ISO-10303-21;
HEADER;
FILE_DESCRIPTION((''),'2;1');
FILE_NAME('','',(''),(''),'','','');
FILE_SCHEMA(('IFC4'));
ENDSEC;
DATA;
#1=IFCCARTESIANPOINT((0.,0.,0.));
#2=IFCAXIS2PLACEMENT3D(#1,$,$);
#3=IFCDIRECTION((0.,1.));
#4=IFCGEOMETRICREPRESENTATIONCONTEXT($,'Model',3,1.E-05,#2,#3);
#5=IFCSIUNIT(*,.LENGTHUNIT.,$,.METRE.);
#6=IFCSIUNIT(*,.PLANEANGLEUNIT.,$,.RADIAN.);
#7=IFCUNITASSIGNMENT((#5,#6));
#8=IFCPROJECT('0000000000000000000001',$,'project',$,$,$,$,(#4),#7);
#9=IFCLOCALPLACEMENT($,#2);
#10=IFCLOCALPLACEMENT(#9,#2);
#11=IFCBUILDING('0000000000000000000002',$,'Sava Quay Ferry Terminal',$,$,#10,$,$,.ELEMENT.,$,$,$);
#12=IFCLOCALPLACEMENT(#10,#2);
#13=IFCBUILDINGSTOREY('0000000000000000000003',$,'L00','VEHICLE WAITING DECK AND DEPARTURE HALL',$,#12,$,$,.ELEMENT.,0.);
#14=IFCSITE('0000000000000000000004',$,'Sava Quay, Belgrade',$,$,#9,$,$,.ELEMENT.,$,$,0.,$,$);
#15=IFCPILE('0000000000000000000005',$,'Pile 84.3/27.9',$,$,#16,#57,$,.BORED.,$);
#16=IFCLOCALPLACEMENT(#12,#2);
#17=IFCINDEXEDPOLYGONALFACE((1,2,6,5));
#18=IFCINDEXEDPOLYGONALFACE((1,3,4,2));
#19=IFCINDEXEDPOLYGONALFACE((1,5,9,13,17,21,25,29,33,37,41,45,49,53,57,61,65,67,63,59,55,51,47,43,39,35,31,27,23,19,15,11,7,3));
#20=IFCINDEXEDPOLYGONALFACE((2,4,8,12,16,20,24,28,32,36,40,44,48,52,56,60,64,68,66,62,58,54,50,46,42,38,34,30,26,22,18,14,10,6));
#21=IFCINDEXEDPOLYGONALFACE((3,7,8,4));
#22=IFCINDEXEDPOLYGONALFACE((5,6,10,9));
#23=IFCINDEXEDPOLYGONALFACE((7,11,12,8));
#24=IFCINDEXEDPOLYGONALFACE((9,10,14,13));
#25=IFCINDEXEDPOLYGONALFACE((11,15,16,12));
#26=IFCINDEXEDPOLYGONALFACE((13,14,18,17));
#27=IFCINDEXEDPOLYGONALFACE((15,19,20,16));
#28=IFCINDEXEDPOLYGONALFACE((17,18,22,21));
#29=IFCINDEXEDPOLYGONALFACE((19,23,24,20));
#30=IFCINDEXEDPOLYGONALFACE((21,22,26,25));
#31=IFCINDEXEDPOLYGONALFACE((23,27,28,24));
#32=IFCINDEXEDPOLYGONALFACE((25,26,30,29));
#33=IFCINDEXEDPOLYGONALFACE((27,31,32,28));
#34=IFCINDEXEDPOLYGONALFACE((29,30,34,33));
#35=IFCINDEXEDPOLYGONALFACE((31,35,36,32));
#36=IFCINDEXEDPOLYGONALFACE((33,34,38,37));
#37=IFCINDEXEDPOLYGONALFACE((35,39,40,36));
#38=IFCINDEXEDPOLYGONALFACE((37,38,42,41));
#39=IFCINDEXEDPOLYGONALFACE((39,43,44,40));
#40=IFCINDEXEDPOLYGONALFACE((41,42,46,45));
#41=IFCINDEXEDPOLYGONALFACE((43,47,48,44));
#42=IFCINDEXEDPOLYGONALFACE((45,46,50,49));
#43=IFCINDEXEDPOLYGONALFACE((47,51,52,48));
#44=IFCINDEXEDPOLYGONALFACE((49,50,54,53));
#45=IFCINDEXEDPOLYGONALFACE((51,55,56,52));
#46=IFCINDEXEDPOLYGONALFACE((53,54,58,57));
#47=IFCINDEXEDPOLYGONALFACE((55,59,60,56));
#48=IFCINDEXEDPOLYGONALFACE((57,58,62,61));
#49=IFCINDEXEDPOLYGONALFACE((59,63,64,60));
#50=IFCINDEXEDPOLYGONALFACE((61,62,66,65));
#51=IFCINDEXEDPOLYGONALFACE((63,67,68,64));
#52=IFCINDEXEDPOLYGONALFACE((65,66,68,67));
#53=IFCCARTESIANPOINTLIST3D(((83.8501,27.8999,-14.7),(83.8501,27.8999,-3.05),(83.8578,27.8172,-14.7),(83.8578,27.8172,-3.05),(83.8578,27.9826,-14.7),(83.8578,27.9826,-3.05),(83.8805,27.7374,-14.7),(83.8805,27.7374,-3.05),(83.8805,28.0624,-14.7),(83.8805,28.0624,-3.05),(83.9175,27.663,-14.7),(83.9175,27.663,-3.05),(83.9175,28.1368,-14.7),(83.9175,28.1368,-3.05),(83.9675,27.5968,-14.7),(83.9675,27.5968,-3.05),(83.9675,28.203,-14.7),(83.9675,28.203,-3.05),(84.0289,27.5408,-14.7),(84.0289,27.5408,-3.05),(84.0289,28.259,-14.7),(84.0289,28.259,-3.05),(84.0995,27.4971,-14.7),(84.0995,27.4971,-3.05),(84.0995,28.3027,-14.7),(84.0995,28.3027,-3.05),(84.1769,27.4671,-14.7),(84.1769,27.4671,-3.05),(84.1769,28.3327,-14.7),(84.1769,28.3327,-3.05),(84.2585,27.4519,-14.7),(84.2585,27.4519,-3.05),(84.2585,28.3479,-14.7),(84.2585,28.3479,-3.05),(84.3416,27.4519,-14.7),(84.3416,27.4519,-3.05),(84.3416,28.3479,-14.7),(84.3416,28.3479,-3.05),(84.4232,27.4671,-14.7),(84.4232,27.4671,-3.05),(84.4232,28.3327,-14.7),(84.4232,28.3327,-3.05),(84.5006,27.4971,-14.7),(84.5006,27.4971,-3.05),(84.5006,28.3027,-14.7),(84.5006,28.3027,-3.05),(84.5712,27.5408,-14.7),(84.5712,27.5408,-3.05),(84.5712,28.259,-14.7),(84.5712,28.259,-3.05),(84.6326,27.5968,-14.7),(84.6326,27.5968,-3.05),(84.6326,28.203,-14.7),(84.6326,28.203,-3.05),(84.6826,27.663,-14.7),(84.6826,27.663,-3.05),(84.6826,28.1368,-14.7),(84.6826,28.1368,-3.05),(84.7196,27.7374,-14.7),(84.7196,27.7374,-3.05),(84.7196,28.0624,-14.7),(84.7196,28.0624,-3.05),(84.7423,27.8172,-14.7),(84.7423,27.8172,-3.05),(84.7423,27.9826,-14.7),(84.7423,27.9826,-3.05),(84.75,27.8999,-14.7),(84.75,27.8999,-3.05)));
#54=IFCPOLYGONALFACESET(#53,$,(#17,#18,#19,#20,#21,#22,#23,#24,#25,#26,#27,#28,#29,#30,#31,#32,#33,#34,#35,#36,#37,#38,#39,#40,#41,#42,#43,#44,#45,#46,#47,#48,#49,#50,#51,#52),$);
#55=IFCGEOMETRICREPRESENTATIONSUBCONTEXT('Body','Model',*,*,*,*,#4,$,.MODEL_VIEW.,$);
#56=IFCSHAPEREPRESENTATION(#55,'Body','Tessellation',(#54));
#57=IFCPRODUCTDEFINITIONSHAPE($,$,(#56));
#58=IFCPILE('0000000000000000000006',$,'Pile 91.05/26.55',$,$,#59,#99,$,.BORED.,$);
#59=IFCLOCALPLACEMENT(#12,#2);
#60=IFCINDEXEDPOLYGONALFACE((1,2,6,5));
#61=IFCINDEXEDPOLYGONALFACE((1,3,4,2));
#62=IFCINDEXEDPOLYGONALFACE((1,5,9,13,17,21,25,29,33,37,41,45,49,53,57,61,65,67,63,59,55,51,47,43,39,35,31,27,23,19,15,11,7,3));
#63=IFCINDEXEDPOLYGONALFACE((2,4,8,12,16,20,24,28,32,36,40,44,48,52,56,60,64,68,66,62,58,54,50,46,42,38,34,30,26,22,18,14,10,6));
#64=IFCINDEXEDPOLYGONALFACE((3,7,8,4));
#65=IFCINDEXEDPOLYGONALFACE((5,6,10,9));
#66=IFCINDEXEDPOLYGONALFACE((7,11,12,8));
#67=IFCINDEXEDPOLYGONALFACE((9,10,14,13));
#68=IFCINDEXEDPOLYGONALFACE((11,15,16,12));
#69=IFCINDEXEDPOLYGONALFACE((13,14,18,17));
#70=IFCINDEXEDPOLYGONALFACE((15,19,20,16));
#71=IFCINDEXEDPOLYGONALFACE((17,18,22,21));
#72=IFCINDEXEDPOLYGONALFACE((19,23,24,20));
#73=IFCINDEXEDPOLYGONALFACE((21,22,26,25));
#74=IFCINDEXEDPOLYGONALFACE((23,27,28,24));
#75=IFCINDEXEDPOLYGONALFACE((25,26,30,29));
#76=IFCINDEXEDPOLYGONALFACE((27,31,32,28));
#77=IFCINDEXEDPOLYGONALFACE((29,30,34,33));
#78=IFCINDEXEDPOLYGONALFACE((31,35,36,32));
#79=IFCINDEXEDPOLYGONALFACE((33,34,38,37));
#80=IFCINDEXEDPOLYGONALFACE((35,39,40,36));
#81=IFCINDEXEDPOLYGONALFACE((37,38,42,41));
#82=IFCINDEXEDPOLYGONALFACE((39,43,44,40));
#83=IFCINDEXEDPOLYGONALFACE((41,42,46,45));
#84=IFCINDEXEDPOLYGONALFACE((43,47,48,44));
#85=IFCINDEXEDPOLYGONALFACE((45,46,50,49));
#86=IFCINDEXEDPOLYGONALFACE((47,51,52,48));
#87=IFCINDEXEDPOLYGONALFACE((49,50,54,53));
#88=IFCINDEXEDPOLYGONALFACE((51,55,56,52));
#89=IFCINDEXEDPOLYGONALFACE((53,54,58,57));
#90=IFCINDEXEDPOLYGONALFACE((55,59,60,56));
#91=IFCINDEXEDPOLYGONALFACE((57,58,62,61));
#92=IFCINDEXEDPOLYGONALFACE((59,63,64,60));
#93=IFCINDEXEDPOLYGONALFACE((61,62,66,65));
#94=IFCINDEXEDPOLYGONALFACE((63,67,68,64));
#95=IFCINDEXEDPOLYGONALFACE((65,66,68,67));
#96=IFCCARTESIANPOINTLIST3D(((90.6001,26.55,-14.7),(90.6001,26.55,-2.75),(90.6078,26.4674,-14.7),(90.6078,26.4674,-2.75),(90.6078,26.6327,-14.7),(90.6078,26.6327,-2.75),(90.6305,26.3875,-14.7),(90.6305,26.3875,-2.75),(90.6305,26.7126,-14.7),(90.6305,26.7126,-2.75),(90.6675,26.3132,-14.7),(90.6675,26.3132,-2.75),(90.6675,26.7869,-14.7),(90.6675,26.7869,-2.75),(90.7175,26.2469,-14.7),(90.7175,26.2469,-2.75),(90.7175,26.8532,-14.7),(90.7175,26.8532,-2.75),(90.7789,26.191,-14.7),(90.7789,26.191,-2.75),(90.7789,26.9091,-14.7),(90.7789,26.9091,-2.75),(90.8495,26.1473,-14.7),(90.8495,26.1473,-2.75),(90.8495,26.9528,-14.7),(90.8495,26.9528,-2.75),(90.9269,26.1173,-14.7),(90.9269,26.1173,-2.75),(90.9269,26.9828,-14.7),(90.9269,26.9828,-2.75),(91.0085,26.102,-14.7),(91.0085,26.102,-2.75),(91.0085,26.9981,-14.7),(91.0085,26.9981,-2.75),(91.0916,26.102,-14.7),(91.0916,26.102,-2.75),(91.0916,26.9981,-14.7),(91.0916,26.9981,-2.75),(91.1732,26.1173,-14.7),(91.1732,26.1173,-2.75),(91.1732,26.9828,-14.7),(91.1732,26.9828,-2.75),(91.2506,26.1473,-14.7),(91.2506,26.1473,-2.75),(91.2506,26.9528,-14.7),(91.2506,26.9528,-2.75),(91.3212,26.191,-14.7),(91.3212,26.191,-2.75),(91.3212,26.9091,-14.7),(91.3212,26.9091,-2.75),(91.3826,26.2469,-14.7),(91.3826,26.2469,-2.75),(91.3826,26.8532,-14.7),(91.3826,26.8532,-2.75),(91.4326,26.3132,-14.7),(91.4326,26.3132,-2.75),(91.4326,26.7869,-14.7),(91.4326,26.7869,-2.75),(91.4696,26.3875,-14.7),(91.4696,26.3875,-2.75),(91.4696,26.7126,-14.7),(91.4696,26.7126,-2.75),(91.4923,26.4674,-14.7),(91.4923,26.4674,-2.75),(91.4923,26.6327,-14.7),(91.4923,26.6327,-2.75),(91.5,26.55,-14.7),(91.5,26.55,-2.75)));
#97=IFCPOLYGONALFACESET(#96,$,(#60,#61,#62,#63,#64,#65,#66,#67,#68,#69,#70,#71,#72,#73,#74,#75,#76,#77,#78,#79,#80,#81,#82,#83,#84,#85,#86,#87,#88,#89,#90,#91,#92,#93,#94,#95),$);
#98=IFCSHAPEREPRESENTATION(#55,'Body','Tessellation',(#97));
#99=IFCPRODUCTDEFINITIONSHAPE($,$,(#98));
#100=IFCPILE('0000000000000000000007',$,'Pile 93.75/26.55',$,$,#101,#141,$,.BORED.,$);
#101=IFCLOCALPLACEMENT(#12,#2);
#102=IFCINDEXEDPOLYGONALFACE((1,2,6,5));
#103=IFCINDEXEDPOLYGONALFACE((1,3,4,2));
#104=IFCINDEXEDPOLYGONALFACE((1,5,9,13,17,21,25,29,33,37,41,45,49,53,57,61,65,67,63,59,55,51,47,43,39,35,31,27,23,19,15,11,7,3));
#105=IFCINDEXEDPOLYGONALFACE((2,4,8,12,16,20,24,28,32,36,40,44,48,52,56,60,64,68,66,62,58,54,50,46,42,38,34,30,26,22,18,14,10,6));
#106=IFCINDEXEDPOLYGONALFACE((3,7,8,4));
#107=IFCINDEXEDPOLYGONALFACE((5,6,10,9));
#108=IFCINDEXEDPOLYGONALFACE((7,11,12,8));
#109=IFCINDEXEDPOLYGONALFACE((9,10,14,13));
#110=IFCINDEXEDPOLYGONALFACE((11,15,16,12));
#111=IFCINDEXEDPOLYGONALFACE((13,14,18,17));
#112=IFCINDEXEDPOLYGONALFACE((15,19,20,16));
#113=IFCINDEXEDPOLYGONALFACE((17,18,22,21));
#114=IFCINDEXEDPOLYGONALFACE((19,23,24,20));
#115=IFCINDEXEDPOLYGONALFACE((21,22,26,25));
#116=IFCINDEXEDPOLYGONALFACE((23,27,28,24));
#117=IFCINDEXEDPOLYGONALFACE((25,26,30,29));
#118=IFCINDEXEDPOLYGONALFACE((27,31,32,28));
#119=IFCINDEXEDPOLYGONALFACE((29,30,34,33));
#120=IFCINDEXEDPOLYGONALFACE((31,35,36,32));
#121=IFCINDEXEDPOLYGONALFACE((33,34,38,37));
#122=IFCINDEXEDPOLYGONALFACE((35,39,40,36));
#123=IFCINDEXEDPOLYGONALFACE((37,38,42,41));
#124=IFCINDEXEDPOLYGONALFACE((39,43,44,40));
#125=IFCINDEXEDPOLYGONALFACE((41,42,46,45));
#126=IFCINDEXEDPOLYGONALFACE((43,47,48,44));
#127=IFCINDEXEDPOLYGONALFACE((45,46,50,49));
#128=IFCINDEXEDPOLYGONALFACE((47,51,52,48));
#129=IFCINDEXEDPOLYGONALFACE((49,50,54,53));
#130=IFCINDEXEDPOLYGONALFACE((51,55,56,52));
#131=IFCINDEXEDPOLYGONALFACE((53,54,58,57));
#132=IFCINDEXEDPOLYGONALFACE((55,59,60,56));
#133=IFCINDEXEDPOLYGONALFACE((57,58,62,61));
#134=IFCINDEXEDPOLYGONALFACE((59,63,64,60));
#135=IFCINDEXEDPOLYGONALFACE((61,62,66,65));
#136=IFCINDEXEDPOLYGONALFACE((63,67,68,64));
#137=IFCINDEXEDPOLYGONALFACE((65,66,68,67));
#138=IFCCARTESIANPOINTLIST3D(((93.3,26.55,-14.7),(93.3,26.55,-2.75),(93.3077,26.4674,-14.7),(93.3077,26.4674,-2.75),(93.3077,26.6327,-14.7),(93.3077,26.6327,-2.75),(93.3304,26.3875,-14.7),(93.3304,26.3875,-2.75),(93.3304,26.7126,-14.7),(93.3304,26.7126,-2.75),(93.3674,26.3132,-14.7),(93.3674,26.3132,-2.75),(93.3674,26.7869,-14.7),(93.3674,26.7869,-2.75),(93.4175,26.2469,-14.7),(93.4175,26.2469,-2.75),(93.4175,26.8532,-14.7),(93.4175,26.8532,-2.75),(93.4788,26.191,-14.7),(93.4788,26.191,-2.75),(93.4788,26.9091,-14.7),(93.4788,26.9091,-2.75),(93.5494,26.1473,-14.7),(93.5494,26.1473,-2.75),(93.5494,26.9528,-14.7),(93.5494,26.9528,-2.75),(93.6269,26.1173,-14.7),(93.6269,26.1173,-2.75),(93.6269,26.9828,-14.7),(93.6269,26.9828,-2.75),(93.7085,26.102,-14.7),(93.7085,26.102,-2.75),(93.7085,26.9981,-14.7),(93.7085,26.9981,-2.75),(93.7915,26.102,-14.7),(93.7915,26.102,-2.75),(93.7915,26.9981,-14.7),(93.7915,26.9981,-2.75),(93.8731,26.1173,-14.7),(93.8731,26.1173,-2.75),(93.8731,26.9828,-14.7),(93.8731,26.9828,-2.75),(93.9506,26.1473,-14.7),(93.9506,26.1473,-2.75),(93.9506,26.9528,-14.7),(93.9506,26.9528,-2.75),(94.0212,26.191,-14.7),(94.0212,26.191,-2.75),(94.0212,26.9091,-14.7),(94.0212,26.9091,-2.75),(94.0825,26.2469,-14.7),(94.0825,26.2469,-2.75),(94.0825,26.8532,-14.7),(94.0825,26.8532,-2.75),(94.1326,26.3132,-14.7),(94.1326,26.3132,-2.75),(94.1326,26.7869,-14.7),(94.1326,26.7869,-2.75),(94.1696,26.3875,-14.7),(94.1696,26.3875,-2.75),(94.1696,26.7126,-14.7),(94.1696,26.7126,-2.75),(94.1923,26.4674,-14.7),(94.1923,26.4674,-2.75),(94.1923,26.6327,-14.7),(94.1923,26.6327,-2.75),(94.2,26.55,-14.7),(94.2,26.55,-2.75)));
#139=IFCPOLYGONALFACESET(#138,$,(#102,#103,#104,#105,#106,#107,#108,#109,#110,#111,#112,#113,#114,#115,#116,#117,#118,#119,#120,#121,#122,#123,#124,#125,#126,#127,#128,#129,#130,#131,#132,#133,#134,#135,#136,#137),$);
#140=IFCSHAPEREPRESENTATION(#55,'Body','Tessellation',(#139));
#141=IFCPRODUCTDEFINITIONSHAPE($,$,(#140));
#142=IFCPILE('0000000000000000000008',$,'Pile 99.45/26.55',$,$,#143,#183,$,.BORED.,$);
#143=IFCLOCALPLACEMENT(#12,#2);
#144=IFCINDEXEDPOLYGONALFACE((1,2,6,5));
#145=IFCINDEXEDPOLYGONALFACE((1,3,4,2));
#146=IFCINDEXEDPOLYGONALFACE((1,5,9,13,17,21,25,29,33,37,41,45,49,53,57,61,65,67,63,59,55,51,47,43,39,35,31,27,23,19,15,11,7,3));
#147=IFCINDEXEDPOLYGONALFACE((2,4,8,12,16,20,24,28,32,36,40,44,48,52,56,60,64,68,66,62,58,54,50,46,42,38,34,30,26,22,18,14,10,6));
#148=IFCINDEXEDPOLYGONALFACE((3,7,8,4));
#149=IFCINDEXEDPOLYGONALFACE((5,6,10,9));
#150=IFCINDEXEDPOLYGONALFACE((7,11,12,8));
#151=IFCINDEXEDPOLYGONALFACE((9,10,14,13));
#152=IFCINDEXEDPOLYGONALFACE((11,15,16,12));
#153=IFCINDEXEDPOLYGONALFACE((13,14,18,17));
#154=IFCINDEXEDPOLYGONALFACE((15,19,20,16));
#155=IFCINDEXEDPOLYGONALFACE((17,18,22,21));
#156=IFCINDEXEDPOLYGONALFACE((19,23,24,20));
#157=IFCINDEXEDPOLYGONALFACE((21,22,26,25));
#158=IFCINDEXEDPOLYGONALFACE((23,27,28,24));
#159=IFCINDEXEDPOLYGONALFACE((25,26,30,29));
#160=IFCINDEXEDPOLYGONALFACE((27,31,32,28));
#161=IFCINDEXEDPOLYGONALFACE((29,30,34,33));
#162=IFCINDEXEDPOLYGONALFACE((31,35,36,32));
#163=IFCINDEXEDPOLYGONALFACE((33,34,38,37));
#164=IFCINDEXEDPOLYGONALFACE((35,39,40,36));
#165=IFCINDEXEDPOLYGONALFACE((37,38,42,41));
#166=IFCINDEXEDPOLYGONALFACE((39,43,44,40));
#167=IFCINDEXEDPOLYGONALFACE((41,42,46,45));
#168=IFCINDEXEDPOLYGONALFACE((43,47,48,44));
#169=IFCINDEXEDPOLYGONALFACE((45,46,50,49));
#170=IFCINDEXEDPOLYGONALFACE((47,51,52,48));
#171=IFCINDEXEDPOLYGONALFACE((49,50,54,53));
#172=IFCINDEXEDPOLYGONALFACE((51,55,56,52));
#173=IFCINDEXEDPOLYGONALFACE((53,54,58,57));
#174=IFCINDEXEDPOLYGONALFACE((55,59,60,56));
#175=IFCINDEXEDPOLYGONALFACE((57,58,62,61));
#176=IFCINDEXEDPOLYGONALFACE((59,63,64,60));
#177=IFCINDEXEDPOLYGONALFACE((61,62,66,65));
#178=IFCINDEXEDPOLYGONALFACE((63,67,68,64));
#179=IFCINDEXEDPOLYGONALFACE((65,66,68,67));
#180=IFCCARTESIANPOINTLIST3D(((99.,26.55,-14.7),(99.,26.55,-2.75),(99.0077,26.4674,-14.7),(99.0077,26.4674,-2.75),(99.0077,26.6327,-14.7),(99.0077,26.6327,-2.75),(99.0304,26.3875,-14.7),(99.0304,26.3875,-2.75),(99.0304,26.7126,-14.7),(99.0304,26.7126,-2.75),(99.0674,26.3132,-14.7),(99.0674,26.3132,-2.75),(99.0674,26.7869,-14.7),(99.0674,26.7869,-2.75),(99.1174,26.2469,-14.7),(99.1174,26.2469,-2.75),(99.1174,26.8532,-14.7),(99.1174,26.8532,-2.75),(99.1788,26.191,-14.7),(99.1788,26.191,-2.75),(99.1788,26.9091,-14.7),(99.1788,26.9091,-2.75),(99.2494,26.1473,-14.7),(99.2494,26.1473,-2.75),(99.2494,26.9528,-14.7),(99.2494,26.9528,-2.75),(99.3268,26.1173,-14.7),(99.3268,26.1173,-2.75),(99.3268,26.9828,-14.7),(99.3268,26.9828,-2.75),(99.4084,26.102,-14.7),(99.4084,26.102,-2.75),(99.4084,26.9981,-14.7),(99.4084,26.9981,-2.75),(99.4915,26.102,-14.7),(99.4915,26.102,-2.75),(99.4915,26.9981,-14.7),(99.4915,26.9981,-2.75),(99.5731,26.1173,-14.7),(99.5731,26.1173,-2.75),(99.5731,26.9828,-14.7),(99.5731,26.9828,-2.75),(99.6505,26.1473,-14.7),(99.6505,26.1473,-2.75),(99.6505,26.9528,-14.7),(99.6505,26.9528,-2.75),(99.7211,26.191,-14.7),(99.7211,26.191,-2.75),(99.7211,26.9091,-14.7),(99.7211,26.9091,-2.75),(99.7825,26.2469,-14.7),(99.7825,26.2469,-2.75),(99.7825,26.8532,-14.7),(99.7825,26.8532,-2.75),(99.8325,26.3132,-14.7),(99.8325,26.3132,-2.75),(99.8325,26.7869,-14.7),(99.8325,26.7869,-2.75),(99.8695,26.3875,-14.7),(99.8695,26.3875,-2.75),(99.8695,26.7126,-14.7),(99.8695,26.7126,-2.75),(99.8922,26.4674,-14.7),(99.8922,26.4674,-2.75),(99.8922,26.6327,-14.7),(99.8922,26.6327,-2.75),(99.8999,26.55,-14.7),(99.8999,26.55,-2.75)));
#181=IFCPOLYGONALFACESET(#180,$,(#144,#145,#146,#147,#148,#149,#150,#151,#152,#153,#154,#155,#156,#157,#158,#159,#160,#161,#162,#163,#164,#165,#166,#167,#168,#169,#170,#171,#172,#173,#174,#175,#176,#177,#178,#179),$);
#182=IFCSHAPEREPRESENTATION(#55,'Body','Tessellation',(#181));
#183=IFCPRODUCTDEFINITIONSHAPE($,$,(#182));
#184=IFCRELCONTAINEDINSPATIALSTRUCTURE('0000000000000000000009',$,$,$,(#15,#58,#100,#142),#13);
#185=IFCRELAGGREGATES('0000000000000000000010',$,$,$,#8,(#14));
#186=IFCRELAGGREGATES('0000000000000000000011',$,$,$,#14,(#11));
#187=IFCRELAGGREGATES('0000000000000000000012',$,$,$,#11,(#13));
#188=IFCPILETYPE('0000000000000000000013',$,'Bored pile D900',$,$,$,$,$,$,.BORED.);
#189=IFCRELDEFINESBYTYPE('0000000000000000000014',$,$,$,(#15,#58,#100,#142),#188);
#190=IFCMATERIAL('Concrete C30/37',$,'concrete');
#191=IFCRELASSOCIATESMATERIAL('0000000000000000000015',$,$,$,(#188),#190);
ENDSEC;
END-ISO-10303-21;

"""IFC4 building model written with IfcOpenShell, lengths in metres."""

from ifc_helpers import new_model, si_unit, direction, frame, origin, origin_2d, place, context, subcontext, project, spatial, circle, extrude, material, material_profile, profile_set, type_object, element, save


model = new_model("IFC4")

# Units and contexts
model_context = context("Model", 3, precision=1e-05, world=origin(), true_north=direction((0.0, 1.0)))
body_context = subcontext(model_context, "Body", "Model", "MODEL_VIEW")
ifc_project = project(units=[si_unit("LENGTHUNIT", "METRE"), si_unit("PLANEANGLEUNIT", "RADIAN")], contexts=[model_context])

# Site, building, storey
site_placement = place(None, origin())
site = spatial("IfcSite", under=ifc_project, at=site_placement, Name="Sava Quay, Belgrade", CompositionType="ELEMENT", RefElevation=0.0)
building_placement = place(site_placement, origin())
building = spatial("IfcBuilding", under=site, at=building_placement, Name="Sava Quay Ferry Terminal", CompositionType="ELEMENT")
storey_placement = place(building_placement, origin())
storey = spatial("IfcBuildingStorey", under=building, at=storey_placement, Name="L00", Description="VEHICLE WAITING DECK AND DEPARTURE HALL", CompositionType="ELEMENT", Elevation=0.0)

# Piles
ifc_material_1 = material(Name="Concrete C30/37", Category="concrete")
ifc_material_profile_1 = material_profile(ifc_material_1, circle(Radius=0.45, at=origin_2d()), Name="Bored pile D900")
ifc_profile_set_1 = profile_set([ifc_material_profile_1], Name="Concrete C30/37")
pile_type = type_object("IfcPileType", Name="Bored pile D900", PredefinedType="BORED", material=ifc_profile_set_1)
pile_placement = place(storey_placement, frame((84.3, 27.8999, -3.05), z_axis=(0.0, 0.0, -1.0), x_axis=(1.0, 0.0, 0.0)))
element("IfcPile", 1, at=pile_placement, inside=storey, type_object=pile_type, Name="Pile 84.3/27.9", PredefinedType="BORED", context=body_context, shape_type="SweptSolid", body=[
    extrude(circle(Radius=0.45, at=origin_2d()), origin(), (0.0, 0.0, 1.0), 11.6499),
])
for number, where, z_axis, x_axis, name in (
    (2, (91.05, 26.55, -2.75), (0.0, 0.0, -1.0), (1.0, 0.0, 0.0), "Pile 91.05/26.55"),
    (3, (93.75, 26.55, -2.75), (0.0, 0.0, -1.0), (1.0, 0.0, 0.0), "Pile 93.75/26.55"),
    (4, (99.45, 26.55, -2.75), (0.0, 0.0, -1.0), (1.0, 0.0, 0.0), "Pile 99.45/26.55"),
):
    element("IfcPile", number, at=place(storey_placement, frame(where, z_axis=z_axis, x_axis=x_axis)), inside=storey, type_object=pile_type, Name=name, PredefinedType="BORED", context=body_context, shape_type="SweptSolid", body=[
        extrude(circle(Radius=0.45, at=origin_2d()), origin(), (0.0, 0.0, 1.0), 11.95),
    ])

save(model, "model.ifc")
